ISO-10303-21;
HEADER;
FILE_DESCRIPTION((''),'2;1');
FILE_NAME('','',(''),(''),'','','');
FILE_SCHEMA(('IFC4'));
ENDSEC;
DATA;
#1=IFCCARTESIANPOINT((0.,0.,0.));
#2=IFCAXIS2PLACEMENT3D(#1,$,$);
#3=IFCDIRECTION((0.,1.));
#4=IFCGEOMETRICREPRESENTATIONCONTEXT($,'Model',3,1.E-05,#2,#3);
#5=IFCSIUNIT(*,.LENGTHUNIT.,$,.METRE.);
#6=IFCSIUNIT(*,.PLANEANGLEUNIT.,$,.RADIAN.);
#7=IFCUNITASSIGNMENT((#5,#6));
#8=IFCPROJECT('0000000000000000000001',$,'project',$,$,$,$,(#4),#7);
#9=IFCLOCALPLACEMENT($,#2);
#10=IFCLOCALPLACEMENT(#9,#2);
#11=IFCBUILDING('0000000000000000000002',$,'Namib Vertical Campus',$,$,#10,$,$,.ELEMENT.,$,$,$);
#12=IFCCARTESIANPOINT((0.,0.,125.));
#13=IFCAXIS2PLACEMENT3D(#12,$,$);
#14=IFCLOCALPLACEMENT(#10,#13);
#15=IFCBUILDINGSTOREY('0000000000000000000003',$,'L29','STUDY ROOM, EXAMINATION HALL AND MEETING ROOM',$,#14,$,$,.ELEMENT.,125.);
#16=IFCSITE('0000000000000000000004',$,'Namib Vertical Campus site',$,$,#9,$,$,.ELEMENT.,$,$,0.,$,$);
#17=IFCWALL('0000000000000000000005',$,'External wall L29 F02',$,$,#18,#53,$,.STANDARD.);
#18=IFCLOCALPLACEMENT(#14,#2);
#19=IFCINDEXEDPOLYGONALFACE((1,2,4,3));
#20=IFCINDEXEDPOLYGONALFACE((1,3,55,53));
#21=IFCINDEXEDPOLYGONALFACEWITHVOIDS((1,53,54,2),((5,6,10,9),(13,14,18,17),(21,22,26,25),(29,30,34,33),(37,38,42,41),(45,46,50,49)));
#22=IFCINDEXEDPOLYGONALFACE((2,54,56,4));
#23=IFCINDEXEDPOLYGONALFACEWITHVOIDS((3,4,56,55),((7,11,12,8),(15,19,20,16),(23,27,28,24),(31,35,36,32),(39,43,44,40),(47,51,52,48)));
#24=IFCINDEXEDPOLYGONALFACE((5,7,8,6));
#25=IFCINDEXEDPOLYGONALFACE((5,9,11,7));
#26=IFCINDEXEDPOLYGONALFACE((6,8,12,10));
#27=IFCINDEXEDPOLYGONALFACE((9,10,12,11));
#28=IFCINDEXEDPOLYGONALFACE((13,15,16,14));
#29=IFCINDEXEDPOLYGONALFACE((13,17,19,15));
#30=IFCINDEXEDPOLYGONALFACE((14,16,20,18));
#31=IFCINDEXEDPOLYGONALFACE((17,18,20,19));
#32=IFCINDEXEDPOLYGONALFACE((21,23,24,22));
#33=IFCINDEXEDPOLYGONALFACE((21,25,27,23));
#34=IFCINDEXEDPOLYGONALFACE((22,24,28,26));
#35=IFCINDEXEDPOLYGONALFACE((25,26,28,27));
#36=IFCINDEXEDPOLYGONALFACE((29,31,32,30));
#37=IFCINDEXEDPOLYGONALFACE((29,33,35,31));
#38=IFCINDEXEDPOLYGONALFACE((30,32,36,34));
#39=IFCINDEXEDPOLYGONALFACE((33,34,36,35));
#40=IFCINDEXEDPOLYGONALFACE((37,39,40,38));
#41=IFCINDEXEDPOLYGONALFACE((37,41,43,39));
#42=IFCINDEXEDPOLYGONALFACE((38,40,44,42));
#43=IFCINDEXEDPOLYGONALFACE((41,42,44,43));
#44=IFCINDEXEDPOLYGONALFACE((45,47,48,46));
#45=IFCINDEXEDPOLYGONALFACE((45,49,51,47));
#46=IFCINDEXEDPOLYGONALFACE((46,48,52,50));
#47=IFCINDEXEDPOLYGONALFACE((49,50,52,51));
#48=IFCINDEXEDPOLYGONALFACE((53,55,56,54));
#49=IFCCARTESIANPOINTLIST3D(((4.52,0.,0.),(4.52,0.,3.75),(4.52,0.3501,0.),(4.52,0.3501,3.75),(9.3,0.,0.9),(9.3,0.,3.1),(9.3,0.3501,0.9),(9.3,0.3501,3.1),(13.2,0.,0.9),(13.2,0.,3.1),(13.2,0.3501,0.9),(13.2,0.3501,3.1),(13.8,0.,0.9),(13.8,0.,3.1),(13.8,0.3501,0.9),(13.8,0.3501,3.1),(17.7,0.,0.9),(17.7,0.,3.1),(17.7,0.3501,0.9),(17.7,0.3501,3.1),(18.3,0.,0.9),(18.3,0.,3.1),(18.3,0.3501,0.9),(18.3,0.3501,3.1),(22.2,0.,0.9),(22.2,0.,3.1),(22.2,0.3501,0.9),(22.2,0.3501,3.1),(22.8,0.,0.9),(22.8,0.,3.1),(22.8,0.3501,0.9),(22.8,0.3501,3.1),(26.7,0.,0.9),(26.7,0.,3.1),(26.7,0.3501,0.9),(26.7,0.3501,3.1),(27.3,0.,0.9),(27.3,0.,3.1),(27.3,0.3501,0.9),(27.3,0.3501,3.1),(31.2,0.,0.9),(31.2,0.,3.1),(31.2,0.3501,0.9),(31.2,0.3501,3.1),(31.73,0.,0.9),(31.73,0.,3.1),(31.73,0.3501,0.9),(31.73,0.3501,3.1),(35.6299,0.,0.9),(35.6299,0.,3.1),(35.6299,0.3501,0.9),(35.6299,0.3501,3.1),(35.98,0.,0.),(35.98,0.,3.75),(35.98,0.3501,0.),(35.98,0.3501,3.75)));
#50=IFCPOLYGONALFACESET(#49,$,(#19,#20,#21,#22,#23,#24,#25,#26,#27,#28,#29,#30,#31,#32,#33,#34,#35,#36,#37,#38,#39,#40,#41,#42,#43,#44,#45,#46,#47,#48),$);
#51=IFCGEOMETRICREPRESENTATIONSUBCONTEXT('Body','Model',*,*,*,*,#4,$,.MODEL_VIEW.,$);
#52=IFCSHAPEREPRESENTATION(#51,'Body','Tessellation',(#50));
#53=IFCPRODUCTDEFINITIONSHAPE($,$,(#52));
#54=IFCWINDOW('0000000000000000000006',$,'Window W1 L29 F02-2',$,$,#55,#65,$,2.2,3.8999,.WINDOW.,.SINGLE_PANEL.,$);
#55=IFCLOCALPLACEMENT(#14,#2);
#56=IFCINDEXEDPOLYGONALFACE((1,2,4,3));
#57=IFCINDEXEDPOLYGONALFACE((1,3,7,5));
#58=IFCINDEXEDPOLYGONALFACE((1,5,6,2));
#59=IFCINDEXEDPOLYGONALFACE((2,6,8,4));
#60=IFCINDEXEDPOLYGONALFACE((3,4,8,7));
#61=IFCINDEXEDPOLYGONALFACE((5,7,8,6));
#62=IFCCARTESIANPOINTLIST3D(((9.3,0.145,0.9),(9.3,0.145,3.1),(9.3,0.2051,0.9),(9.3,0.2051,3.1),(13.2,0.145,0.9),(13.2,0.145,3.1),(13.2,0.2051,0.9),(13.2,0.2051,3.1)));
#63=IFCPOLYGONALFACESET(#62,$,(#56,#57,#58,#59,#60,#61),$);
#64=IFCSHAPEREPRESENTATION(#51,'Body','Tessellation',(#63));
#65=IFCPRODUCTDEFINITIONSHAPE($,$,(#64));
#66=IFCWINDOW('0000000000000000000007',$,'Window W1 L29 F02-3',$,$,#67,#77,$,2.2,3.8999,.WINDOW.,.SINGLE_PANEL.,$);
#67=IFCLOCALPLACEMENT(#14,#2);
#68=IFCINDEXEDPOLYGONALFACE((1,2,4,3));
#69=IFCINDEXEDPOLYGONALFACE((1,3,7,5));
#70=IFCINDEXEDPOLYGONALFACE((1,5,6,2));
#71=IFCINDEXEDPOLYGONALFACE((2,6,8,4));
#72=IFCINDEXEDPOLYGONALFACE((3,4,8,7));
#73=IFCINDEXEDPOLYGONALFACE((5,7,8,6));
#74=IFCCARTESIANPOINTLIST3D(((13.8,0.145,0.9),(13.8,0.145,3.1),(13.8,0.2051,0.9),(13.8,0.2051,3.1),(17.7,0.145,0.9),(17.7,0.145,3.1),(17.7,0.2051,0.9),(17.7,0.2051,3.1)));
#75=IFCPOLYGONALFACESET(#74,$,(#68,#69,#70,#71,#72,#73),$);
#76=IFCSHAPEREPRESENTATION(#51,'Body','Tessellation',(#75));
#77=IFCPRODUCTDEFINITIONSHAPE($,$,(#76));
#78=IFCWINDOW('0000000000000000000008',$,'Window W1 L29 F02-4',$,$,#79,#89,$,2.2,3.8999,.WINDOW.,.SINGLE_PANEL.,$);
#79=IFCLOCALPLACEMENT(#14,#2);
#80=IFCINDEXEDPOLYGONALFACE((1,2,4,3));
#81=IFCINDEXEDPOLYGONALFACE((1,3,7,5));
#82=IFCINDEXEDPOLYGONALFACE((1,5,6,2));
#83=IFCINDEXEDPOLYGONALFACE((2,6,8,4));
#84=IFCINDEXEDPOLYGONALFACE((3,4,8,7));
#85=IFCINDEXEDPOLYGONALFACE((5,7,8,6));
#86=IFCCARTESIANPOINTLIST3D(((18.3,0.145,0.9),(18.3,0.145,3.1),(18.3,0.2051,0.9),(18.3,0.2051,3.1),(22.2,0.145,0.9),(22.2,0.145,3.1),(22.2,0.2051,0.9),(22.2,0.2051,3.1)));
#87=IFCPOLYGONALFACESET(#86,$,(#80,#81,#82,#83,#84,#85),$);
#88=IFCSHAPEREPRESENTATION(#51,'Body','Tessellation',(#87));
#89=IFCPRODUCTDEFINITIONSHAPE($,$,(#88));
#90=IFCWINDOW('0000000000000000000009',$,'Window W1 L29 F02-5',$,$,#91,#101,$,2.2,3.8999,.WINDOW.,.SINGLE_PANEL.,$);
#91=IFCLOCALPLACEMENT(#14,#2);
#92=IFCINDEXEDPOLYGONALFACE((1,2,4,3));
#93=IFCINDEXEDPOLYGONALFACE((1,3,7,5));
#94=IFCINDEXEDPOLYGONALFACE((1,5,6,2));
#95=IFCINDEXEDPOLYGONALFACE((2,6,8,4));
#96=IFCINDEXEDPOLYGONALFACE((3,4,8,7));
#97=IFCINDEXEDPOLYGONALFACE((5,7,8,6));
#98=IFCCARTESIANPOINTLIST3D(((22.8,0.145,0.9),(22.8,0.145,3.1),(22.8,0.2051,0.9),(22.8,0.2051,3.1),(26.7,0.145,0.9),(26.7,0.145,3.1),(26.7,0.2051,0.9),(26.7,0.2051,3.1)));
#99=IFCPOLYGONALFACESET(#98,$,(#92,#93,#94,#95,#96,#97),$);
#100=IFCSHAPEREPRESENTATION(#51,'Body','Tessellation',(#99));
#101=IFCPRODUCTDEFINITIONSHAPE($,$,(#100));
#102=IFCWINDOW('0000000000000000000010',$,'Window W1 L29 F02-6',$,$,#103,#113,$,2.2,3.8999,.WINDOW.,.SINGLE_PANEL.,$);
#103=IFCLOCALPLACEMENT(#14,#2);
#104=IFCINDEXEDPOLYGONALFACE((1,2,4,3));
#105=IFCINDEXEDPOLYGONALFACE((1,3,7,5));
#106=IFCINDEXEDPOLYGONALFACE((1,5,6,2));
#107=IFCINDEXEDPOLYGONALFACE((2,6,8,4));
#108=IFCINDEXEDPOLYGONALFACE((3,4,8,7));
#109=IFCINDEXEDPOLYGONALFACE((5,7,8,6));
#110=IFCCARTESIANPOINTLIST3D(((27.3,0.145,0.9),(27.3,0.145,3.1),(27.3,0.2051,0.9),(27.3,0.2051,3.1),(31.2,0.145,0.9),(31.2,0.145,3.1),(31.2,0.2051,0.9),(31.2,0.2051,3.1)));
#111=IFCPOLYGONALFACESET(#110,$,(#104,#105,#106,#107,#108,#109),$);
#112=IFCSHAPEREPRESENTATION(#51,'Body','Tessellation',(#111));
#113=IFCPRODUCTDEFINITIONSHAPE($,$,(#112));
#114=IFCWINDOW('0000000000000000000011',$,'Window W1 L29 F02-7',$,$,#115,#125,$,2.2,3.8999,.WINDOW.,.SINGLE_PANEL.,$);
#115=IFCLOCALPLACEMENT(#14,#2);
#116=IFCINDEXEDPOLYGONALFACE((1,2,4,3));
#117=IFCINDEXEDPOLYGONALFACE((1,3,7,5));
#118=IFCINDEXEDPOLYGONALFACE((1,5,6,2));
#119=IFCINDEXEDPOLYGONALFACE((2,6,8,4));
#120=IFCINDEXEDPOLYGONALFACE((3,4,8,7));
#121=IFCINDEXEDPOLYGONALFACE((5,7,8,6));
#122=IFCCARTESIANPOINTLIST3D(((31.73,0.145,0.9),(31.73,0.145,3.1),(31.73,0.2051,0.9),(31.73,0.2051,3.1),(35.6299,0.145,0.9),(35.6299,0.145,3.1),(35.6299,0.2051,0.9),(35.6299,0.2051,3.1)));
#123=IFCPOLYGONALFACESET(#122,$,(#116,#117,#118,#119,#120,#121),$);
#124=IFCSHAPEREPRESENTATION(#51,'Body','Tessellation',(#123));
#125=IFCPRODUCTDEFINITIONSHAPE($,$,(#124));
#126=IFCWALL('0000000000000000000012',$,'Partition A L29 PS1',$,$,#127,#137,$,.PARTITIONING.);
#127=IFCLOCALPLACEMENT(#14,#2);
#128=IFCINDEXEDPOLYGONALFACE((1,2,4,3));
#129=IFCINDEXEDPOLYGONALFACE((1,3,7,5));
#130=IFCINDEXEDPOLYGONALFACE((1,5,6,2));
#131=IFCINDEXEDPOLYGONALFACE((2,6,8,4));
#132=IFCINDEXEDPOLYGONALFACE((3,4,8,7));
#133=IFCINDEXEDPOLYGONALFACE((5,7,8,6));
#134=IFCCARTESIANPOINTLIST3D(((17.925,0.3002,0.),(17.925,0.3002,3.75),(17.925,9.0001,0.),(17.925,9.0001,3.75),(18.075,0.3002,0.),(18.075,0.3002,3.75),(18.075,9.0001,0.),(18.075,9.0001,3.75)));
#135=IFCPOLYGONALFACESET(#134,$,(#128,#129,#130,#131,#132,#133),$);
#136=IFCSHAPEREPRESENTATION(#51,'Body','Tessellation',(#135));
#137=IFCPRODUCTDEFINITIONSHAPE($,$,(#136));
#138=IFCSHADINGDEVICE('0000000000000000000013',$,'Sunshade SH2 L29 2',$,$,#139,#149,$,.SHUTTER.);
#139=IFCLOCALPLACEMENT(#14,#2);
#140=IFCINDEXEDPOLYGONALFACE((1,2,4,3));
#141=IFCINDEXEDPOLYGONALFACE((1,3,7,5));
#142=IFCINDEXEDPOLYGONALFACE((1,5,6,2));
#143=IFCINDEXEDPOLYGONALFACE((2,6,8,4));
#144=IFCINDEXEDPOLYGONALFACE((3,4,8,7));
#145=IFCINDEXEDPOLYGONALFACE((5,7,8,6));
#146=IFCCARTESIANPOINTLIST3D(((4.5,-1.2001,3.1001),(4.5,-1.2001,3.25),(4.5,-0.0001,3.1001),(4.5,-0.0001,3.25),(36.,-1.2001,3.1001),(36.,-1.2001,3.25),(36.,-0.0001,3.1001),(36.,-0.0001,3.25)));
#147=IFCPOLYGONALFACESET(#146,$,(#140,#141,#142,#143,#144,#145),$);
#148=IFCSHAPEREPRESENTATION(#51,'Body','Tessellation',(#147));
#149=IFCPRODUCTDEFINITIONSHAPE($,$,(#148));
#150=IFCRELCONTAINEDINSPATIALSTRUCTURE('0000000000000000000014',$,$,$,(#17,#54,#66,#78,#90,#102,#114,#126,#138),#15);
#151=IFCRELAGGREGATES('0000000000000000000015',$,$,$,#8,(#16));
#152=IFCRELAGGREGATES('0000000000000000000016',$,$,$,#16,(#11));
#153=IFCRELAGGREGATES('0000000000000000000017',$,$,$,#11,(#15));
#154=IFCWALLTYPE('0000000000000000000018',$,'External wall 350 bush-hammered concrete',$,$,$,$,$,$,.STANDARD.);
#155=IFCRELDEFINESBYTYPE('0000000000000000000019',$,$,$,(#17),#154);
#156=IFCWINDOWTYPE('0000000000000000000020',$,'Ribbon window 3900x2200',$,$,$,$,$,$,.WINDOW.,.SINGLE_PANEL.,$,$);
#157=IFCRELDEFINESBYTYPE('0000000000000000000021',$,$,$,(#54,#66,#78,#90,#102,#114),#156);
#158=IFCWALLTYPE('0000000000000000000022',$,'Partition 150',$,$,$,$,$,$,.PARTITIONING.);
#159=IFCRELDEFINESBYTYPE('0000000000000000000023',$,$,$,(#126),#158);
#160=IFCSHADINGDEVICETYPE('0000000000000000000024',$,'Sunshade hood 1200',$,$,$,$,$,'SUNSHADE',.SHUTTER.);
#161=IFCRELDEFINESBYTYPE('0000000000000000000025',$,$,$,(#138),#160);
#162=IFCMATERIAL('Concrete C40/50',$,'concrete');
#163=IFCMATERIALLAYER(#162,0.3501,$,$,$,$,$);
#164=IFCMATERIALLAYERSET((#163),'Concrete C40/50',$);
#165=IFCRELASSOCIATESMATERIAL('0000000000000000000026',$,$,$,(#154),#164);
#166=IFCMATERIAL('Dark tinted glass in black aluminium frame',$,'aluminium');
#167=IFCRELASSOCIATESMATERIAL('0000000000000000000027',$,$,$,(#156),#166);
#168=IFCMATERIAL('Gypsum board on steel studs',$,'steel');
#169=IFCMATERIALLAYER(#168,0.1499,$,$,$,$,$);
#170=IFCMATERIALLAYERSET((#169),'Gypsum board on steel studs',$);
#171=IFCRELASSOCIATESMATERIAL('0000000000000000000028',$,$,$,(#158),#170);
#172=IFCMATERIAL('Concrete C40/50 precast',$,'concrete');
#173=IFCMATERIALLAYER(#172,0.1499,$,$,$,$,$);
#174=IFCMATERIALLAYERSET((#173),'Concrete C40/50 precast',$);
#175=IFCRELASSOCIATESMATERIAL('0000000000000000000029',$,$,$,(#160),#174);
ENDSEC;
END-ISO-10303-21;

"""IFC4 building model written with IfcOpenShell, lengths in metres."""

from ifc_helpers import new_model, si_unit, direction, frame, frame_2d, origin, origin_2d, place, context, subcontext, project, spatial, rectangle, extrude, material, layer, layer_set, type_object, element, fill, save


model = new_model("IFC4")

# Units and contexts
model_context = context("Model", 3, precision=1e-05, world=origin(), true_north=direction((0.0, 1.0)))
body_context = subcontext(model_context, "Body", "Model", "MODEL_VIEW")
ifc_project = project(units=[si_unit("LENGTHUNIT", "METRE"), si_unit("PLANEANGLEUNIT", "RADIAN")], contexts=[model_context])

# Site, building, storey
site_placement = place(None, origin())
site = spatial("IfcSite", under=ifc_project, at=site_placement, Name="Namib Vertical Campus site", CompositionType="ELEMENT", RefElevation=0.0)
building_placement = place(site_placement, origin())
building = spatial("IfcBuilding", under=site, at=building_placement, Name="Namib Vertical Campus", CompositionType="ELEMENT")
storey_placement = place(building_placement, frame((0.0, 0.0, 125.0)))
storey = spatial("IfcBuildingStorey", under=building, at=storey_placement, Name="L29", Description="STUDY ROOM, EXAMINATION HALL AND MEETING ROOM", CompositionType="ELEMENT", Elevation=125.0)

# Shared definitions
ifc_material_1 = material(Name="Concrete C40/50", Category="concrete")
ifc_layer_1 = layer(ifc_material_1, 0.3501)
ifc_layer_set_1 = layer_set([ifc_layer_1], Name="Concrete C40/50")
wall_type_1 = type_object("IfcWallType", Name="External wall 350 bush-hammered concrete", PredefinedType="STANDARD", material=ifc_layer_set_1)

# Wall, openings, windows
wall_1_placement = place(storey_placement, frame((4.52, 0.175, 0.0), z_axis=(0.0, 0.0, 1.0), x_axis=(1.0, 0.0, 0.0)))
wall_1 = element("IfcWall", 1, at=wall_1_placement, inside=storey, type_object=wall_type_1, Name="External wall L29 F02", PredefinedType="STANDARD", context=body_context, shape_type="SweptSolid", body=[
    extrude(rectangle(XDim=31.46, YDim=0.3501, at=frame_2d((15.73, 0.0))), origin(), (0.0, 0.0, 1.0), 3.75),
])
opening_1_placement = place(wall_1_placement, frame((4.78, 0.0, 0.8999)))
opening_1 = element("IfcOpeningElement", 2, at=opening_1_placement, cuts=wall_1, PredefinedType="OPENING", context=body_context, shape_type="SweptSolid", body=[
    extrude(rectangle(XDim=3.8999, YDim=2.2, at=frame_2d((1.95, 1.1001))), frame((0.0, 0.1851, 0.0), z_axis=(0.0, -1.0, 0.0), x_axis=(1.0, 0.0, 0.0)), (0.0, 0.0, 1.0), 0.3701),
])
opening_2_placement = place(wall_1_placement, frame((9.28, 0.0, 0.8999)))
opening_2 = element("IfcOpeningElement", 3, at=opening_2_placement, cuts=wall_1, PredefinedType="OPENING", context=body_context, shape_type="SweptSolid", body=[
    extrude(rectangle(XDim=3.8999, YDim=2.2, at=frame_2d((1.95, 1.1001))), frame((0.0, 0.1851, 0.0), z_axis=(0.0, -1.0, 0.0), x_axis=(1.0, 0.0, 0.0)), (0.0, 0.0, 1.0), 0.3701),
])
opening_3_placement = place(wall_1_placement, frame((13.78, 0.0, 0.8999)))
opening_3 = element("IfcOpeningElement", 4, at=opening_3_placement, cuts=wall_1, PredefinedType="OPENING", context=body_context, shape_type="SweptSolid", body=[
    extrude(rectangle(XDim=3.8999, YDim=2.2, at=frame_2d((1.95, 1.1001))), frame((0.0, 0.1851, 0.0), z_axis=(0.0, -1.0, 0.0), x_axis=(1.0, 0.0, 0.0)), (0.0, 0.0, 1.0), 0.3701),
])
opening_4_placement = place(wall_1_placement, frame((18.28, 0.0, 0.8999)))
opening_4 = element("IfcOpeningElement", 5, at=opening_4_placement, cuts=wall_1, PredefinedType="OPENING", context=body_context, shape_type="SweptSolid", body=[
    extrude(rectangle(XDim=3.8999, YDim=2.2, at=frame_2d((1.95, 1.1001))), frame((0.0, 0.1851, 0.0), z_axis=(0.0, -1.0, 0.0), x_axis=(1.0, 0.0, 0.0)), (0.0, 0.0, 1.0), 0.3701),
])
opening_5_placement = place(wall_1_placement, frame((22.78, 0.0, 0.8999)))
opening_5 = element("IfcOpeningElement", 6, at=opening_5_placement, cuts=wall_1, PredefinedType="OPENING", context=body_context, shape_type="SweptSolid", body=[
    extrude(rectangle(XDim=3.8999, YDim=2.2, at=frame_2d((1.95, 1.1001))), frame((0.0, 0.1851, 0.0), z_axis=(0.0, -1.0, 0.0), x_axis=(1.0, 0.0, 0.0)), (0.0, 0.0, 1.0), 0.3701),
])
opening_6_placement = place(wall_1_placement, frame((27.21, 0.0, 0.8999)))
opening_6 = element("IfcOpeningElement", 7, at=opening_6_placement, cuts=wall_1, PredefinedType="OPENING", context=body_context, shape_type="SweptSolid", body=[
    extrude(rectangle(XDim=3.8999, YDim=2.2, at=frame_2d((1.95, 1.1001))), frame((0.0, 0.1851, 0.0), z_axis=(0.0, -1.0, 0.0), x_axis=(1.0, 0.0, 0.0)), (0.0, 0.0, 1.0), 0.3701),
])
ifc_material_2 = material(Name="Dark tinted glass in black aluminium frame", Category="aluminium")
window_type = type_object("IfcWindowType", Name="Ribbon window 3900x2200", PartitioningType="SINGLE_PANEL", PredefinedType="WINDOW", material=ifc_material_2)
window_1_placement = place(opening_1_placement, origin())
window_1 = element("IfcWindow", 8, at=window_1_placement, inside=storey, type_object=window_type, Name="Window W1 L29 F02-2", OverallHeight=2.2, OverallWidth=3.8999, PartitioningType="SINGLE_PANEL", PredefinedType="WINDOW", context=body_context, shape_type="SweptSolid", body=[
    extrude(rectangle(XDim=3.8999, YDim=2.2, at=frame_2d((1.95, 1.1001))), frame((0.0, 0.03, 0.0), z_axis=(0.0, -1.0, 0.0), x_axis=(1.0, 0.0, 0.0)), (0.0, 0.0, 1.0), 0.0601),
])
fill(opening_1, window_1)
window_2_placement = place(opening_2_placement, origin())
window_2 = element("IfcWindow", 9, at=window_2_placement, inside=storey, type_object=window_type, Name="Window W1 L29 F02-3", OverallHeight=2.2, OverallWidth=3.8999, PartitioningType="SINGLE_PANEL", PredefinedType="WINDOW", context=body_context, shape_type="SweptSolid", body=[
    extrude(rectangle(XDim=3.8999, YDim=2.2, at=frame_2d((1.95, 1.1001))), frame((0.0, 0.03, 0.0), z_axis=(0.0, -1.0, 0.0), x_axis=(1.0, 0.0, 0.0)), (0.0, 0.0, 1.0), 0.0601),
])
fill(opening_2, window_2)
window_3_placement = place(opening_3_placement, origin())
window_3 = element("IfcWindow", 10, at=window_3_placement, inside=storey, type_object=window_type, Name="Window W1 L29 F02-4", OverallHeight=2.2, OverallWidth=3.8999, PartitioningType="SINGLE_PANEL", PredefinedType="WINDOW", context=body_context, shape_type="SweptSolid", body=[
    extrude(rectangle(XDim=3.8999, YDim=2.2, at=frame_2d((1.95, 1.1001))), frame((0.0, 0.03, 0.0), z_axis=(0.0, -1.0, 0.0), x_axis=(1.0, 0.0, 0.0)), (0.0, 0.0, 1.0), 0.0601),
])
fill(opening_3, window_3)
window_4_placement = place(opening_4_placement, origin())
window_4 = element("IfcWindow", 11, at=window_4_placement, inside=storey, type_object=window_type, Name="Window W1 L29 F02-5", OverallHeight=2.2, OverallWidth=3.8999, PartitioningType="SINGLE_PANEL", PredefinedType="WINDOW", context=body_context, shape_type="SweptSolid", body=[
    extrude(rectangle(XDim=3.8999, YDim=2.2, at=frame_2d((1.95, 1.1001))), frame((0.0, 0.03, 0.0), z_axis=(0.0, -1.0, 0.0), x_axis=(1.0, 0.0, 0.0)), (0.0, 0.0, 1.0), 0.0601),
])
fill(opening_4, window_4)
window_5_placement = place(opening_5_placement, origin())
window_5 = element("IfcWindow", 12, at=window_5_placement, inside=storey, type_object=window_type, Name="Window W1 L29 F02-6", OverallHeight=2.2, OverallWidth=3.8999, PartitioningType="SINGLE_PANEL", PredefinedType="WINDOW", context=body_context, shape_type="SweptSolid", body=[
    extrude(rectangle(XDim=3.8999, YDim=2.2, at=frame_2d((1.95, 1.1001))), frame((0.0, 0.03, 0.0), z_axis=(0.0, -1.0, 0.0), x_axis=(1.0, 0.0, 0.0)), (0.0, 0.0, 1.0), 0.0601),
])
fill(opening_5, window_5)
window_6_placement = place(opening_6_placement, origin())
window_6 = element("IfcWindow", 13, at=window_6_placement, inside=storey, type_object=window_type, Name="Window W1 L29 F02-7", OverallHeight=2.2, OverallWidth=3.8999, PartitioningType="SINGLE_PANEL", PredefinedType="WINDOW", context=body_context, shape_type="SweptSolid", body=[
    extrude(rectangle(XDim=3.8999, YDim=2.2, at=frame_2d((1.95, 1.1001))), frame((0.0, 0.03, 0.0), z_axis=(0.0, -1.0, 0.0), x_axis=(1.0, 0.0, 0.0)), (0.0, 0.0, 1.0), 0.0601),
])
fill(opening_6, window_6)

# Wall
ifc_material_3 = material(Name="Gypsum board on steel studs", Category="steel")
ifc_layer_2 = layer(ifc_material_3, 0.1499)
ifc_layer_set_2 = layer_set([ifc_layer_2], Name="Gypsum board on steel studs")
wall_type_2 = type_object("IfcWallType", Name="Partition 150", PredefinedType="PARTITIONING", material=ifc_layer_set_2)
wall_2_placement = place(storey_placement, frame((18.0, 0.3, 0.0), z_axis=(0.0, 0.0, 1.0), x_axis=(0.0, 1.0, 0.0)))
element("IfcWall", 14, at=wall_2_placement, inside=storey, type_object=wall_type_2, Name="Partition A L29 PS1", PredefinedType="PARTITIONING", context=body_context, shape_type="SweptSolid", body=[
    extrude(rectangle(XDim=8.7, YDim=0.1499, at=frame_2d((4.3501, 0.0))), origin(), (0.0, 0.0, 1.0), 3.75),
])

# Shading device
ifc_material_4 = material(Name="Concrete C40/50 precast", Category="concrete")
ifc_layer_3 = layer(ifc_material_4, 0.1499)
ifc_layer_set_3 = layer_set([ifc_layer_3], Name="Concrete C40/50 precast")
shading_device_type = type_object("IfcShadingDeviceType", Name="Sunshade hood 1200", ElementType="SUNSHADE", PredefinedType="SHUTTER", material=ifc_layer_set_3)
shading_device_placement = place(storey_placement, frame((20.25, -0.6001, 3.1001), z_axis=(0.0, 0.0, 1.0), x_axis=(1.0, 0.0, 0.0)))
element("IfcShadingDevice", 15, at=shading_device_placement, inside=storey, type_object=shading_device_type, Name="Sunshade SH2 L29 2", PredefinedType="SHUTTER", context=body_context, shape_type="SweptSolid", body=[
    extrude(rectangle(XDim=31.5, YDim=1.2, at=origin_2d()), origin(), (0.0, 0.0, 1.0), 0.1499),
])

save(model, "model.ifc")
